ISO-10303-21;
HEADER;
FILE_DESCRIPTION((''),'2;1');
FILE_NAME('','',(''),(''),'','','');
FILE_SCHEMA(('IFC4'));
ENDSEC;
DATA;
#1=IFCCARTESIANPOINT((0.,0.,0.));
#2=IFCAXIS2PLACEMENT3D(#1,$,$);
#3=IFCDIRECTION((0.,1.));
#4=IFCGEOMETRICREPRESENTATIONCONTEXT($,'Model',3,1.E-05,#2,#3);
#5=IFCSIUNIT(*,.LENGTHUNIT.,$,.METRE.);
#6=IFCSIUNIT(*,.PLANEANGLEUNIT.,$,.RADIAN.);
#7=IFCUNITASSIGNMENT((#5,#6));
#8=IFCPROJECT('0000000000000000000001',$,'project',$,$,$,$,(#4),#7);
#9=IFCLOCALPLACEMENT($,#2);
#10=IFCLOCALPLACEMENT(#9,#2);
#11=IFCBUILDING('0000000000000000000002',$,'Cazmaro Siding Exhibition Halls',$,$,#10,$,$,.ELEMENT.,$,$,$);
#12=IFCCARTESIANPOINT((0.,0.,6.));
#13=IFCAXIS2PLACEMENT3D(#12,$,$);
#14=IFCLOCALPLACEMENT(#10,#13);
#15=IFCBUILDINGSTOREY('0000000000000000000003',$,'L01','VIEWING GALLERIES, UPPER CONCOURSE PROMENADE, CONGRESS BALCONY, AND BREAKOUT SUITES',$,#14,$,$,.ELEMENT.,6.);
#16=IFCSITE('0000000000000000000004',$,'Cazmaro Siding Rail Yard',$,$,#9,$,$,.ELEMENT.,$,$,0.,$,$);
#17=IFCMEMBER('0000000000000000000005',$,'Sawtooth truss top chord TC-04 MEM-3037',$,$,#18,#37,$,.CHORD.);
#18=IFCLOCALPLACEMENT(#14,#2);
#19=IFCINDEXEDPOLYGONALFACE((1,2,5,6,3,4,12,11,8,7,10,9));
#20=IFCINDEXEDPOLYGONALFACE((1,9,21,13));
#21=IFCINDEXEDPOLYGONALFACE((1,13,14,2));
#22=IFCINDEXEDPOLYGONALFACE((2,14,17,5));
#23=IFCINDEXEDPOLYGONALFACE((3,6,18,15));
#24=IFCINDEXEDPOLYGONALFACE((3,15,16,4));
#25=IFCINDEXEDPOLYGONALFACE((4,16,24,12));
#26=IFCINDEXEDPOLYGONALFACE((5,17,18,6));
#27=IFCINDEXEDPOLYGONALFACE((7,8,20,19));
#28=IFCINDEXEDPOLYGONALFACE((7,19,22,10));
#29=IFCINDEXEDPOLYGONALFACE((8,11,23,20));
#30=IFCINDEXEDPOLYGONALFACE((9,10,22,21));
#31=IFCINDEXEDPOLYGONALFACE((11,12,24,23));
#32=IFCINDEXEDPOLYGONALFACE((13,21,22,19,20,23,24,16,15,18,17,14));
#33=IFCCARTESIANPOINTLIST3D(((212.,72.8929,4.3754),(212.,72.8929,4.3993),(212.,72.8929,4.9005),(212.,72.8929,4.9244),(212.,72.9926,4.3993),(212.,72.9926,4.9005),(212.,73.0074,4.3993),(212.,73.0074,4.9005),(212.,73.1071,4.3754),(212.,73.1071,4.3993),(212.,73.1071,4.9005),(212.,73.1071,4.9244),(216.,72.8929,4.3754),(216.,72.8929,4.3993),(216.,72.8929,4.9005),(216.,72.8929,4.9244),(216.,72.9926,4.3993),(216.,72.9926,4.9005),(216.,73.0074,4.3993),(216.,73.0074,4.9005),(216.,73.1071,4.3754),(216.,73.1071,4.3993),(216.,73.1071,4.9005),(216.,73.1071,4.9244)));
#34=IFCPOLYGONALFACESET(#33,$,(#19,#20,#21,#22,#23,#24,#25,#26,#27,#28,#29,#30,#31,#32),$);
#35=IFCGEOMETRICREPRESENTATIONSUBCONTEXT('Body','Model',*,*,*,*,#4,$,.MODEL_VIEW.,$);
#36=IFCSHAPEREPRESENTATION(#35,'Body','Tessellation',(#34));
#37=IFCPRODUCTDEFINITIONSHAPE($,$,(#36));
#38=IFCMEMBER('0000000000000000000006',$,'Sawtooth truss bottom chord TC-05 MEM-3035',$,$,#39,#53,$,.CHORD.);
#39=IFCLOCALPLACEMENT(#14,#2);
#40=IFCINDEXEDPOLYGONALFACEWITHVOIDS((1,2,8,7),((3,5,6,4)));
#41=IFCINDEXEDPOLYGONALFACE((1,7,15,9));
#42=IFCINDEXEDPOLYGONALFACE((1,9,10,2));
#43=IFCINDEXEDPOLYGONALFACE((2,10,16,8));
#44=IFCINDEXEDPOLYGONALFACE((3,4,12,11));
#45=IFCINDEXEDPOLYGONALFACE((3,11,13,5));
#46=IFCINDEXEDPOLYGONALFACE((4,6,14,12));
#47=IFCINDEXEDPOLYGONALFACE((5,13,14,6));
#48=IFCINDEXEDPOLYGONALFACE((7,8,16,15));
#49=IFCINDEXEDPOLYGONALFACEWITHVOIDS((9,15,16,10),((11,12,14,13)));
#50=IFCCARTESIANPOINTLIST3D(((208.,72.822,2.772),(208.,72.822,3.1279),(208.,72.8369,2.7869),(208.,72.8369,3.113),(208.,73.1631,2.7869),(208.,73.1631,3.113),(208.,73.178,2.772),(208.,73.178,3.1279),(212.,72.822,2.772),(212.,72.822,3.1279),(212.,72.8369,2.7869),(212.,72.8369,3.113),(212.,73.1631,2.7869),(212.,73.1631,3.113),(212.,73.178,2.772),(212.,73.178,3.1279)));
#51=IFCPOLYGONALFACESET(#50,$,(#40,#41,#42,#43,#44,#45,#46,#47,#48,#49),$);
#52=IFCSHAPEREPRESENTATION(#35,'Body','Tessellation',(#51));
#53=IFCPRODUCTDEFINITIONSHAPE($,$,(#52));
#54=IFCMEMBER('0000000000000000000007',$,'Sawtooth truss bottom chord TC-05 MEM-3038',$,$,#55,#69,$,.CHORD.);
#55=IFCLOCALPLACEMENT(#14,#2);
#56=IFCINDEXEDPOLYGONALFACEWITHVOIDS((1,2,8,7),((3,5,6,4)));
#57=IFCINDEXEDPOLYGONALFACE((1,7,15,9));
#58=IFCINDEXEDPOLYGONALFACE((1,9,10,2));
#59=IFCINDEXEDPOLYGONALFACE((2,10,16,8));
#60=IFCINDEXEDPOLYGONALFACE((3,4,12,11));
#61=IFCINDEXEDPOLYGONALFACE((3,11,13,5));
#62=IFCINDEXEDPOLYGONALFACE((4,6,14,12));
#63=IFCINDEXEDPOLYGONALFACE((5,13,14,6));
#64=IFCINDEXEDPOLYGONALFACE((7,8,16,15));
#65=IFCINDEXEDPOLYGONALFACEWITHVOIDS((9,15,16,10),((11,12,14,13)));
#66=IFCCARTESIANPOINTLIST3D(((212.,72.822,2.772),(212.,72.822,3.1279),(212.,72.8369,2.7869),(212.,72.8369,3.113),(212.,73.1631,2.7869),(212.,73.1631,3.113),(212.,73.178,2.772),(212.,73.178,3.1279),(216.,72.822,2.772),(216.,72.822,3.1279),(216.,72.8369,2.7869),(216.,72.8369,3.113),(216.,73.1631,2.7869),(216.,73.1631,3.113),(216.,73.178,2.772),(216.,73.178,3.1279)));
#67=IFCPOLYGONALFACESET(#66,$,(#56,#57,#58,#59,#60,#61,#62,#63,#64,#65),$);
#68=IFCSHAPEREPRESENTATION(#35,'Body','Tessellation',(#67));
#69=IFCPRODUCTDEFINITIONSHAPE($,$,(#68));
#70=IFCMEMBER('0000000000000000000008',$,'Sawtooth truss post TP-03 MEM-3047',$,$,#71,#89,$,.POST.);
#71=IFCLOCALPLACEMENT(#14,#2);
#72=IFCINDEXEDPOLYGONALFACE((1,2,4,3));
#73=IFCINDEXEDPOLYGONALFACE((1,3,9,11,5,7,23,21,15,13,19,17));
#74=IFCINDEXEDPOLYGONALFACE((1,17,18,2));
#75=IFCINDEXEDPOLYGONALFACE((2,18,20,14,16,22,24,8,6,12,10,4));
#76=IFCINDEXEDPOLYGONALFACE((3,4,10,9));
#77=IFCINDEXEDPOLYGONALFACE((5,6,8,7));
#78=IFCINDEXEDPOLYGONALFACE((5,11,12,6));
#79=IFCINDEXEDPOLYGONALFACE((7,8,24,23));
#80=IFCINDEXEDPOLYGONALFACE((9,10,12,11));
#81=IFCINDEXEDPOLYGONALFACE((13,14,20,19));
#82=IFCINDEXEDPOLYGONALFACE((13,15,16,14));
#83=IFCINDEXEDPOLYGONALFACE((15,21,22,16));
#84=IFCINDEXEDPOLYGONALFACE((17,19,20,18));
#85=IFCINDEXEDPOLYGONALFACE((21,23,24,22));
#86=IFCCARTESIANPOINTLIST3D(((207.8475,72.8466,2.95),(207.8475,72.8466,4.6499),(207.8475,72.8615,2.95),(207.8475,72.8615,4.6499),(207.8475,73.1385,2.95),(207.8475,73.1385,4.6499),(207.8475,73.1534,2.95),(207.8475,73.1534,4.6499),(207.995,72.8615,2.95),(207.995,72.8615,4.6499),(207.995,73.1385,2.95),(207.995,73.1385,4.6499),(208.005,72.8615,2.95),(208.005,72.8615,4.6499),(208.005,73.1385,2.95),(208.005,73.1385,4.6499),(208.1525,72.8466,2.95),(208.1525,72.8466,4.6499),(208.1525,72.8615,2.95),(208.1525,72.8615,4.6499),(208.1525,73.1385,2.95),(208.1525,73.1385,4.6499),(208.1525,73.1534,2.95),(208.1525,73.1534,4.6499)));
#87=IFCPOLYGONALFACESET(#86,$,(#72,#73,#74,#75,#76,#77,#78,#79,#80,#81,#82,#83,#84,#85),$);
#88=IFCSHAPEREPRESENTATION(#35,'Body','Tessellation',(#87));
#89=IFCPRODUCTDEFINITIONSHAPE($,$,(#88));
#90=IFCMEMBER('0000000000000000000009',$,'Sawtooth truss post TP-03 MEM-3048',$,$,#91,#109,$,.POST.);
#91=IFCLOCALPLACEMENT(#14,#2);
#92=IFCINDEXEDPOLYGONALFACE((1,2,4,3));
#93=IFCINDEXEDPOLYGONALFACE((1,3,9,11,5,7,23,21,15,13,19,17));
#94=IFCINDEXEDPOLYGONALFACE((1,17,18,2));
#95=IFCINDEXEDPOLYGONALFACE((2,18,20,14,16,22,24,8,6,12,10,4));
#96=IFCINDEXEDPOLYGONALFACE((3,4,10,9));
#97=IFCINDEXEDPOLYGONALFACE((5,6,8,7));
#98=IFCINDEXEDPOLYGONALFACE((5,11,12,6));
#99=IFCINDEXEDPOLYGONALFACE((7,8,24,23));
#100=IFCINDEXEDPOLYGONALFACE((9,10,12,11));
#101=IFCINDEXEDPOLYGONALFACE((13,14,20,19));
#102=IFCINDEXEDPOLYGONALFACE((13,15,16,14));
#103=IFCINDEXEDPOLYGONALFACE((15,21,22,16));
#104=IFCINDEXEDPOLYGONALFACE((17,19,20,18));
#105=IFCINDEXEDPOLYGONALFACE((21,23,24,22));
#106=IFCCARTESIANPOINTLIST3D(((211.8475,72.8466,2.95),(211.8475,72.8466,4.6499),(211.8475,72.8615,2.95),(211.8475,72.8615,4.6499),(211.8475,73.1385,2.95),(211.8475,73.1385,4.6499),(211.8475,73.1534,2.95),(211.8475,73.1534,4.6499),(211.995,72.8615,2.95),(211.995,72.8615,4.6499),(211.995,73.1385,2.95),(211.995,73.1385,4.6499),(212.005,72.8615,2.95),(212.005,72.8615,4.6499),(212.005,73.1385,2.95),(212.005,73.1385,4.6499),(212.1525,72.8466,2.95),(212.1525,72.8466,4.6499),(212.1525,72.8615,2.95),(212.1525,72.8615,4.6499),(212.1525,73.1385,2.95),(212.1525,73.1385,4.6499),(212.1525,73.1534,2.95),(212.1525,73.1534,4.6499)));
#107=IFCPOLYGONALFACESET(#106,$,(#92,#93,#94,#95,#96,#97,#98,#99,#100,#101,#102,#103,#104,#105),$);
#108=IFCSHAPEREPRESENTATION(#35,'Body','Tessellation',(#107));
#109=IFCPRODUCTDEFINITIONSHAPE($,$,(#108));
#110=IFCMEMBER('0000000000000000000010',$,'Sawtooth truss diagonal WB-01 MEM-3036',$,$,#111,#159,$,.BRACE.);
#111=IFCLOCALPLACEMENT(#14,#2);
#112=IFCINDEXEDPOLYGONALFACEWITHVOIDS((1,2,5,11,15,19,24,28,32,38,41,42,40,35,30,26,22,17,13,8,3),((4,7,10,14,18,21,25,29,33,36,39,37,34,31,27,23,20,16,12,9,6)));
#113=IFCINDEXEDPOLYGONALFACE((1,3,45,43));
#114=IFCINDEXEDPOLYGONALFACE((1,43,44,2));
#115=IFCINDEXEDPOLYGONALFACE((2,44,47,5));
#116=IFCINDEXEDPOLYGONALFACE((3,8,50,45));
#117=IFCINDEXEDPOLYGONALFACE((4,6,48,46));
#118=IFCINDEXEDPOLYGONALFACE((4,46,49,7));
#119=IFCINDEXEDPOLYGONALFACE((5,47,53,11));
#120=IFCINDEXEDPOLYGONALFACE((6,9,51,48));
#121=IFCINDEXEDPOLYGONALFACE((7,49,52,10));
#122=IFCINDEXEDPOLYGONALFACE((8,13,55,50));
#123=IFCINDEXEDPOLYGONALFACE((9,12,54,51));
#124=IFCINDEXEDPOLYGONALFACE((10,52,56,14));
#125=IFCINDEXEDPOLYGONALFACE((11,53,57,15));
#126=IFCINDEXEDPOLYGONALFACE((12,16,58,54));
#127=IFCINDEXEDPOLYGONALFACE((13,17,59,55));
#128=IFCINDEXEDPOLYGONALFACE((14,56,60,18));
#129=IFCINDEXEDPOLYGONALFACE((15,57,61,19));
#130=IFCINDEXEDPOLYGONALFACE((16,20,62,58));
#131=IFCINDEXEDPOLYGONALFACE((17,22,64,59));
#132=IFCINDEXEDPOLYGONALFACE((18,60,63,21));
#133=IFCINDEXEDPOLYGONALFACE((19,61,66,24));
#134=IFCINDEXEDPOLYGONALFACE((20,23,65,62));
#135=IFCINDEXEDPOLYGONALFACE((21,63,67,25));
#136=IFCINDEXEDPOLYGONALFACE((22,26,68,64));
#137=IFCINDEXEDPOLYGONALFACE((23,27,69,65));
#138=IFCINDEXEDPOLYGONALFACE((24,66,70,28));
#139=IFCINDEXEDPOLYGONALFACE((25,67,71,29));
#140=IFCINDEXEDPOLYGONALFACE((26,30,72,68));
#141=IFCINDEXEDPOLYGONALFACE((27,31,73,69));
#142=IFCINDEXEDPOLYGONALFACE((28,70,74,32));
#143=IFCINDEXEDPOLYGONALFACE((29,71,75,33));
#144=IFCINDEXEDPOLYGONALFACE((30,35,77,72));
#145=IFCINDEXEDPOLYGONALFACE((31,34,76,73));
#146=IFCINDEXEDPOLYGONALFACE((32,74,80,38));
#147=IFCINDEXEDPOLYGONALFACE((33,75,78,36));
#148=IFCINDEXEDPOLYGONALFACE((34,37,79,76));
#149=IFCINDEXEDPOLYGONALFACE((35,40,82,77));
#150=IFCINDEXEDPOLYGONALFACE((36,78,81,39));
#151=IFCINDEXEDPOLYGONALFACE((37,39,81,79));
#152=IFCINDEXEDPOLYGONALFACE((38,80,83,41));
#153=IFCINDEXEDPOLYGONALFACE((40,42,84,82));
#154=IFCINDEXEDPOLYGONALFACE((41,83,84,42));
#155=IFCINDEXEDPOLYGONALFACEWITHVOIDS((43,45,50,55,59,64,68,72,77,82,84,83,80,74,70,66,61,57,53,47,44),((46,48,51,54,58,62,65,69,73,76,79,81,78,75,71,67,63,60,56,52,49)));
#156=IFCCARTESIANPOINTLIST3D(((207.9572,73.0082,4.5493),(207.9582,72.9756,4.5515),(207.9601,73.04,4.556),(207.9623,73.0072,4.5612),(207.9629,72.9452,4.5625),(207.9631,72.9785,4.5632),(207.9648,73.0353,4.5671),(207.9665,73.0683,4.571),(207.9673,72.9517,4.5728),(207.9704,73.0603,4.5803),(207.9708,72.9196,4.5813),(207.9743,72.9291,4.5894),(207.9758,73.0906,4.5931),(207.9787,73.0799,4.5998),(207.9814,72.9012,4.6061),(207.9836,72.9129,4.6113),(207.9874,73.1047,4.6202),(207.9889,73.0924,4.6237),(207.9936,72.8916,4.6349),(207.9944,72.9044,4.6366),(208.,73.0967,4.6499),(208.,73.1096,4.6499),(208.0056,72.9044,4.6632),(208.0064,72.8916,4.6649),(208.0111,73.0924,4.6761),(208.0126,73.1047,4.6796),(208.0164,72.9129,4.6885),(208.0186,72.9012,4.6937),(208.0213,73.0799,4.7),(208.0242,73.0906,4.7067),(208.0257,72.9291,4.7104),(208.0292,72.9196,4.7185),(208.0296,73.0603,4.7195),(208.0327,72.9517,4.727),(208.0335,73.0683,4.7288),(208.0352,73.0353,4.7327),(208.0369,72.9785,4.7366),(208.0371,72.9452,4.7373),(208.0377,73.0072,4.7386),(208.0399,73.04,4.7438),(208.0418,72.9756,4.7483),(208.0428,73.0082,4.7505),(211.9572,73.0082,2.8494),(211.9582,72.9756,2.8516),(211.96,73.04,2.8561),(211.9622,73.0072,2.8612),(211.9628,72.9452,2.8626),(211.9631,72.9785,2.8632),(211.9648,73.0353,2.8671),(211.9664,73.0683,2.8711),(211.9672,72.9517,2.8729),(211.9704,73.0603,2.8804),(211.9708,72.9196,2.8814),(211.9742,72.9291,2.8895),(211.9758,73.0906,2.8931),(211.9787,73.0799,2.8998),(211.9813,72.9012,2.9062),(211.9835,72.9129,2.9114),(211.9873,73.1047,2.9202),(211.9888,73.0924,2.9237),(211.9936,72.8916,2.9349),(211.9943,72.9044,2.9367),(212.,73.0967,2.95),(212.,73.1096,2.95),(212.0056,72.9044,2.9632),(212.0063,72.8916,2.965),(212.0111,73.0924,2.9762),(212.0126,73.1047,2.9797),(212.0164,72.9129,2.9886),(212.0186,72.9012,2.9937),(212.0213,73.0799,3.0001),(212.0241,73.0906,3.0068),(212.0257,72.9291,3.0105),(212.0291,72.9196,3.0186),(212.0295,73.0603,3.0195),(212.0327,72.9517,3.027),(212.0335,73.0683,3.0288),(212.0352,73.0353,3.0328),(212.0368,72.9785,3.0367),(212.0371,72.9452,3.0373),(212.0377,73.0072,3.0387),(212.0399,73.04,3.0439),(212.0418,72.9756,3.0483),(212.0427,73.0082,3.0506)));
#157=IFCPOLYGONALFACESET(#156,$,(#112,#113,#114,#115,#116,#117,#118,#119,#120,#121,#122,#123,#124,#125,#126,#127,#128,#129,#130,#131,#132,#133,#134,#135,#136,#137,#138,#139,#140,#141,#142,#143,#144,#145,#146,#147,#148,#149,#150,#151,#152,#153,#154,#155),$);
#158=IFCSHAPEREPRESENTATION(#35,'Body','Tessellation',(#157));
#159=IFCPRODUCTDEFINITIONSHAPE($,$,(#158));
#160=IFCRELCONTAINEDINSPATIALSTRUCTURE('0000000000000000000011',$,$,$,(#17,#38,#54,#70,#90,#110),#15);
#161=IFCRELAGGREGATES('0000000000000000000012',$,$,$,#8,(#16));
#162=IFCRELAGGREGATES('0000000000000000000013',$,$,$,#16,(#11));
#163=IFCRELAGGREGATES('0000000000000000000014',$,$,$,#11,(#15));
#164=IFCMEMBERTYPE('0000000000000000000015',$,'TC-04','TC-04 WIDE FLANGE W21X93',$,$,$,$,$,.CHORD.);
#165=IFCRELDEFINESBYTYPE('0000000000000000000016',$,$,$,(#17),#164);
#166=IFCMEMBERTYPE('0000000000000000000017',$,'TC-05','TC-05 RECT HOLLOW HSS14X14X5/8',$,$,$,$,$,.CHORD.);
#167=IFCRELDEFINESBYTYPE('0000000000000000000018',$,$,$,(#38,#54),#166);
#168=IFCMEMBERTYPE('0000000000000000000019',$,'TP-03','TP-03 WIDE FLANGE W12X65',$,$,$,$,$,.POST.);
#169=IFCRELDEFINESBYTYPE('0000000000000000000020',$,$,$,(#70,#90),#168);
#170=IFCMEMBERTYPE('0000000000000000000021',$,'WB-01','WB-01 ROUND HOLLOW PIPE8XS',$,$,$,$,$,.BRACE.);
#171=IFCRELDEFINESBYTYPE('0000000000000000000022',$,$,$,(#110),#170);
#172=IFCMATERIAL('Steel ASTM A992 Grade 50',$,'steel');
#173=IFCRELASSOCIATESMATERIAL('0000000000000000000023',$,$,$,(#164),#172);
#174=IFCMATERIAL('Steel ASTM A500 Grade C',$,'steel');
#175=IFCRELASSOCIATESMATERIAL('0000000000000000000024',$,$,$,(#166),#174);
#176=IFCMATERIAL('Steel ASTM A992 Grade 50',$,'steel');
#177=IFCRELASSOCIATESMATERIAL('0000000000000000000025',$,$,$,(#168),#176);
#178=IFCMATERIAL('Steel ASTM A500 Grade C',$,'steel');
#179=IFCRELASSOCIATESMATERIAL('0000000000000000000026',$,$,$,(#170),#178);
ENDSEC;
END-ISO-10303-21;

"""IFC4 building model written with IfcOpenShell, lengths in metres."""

from ifc_helpers import new_model, si_unit, direction, frame, origin, origin_2d, place, context, subcontext, project, spatial, hollow_rectangle, hollow_circle, i_section, extrude, material, material_profile, profile_set, type_object, element, save


model = new_model("IFC4")

# Units and contexts
model_context = context("Model", 3, precision=1e-05, world=origin(), true_north=direction((0.0, 1.0)))
body_context = subcontext(model_context, "Body", "Model", "MODEL_VIEW")
ifc_project = project(units=[si_unit("LENGTHUNIT", "METRE"), si_unit("PLANEANGLEUNIT", "RADIAN")], contexts=[model_context])

# Site, building, storey
site_placement = place(None, origin())
site = spatial("IfcSite", under=ifc_project, at=site_placement, Name="Cazmaro Siding Rail Yard", CompositionType="ELEMENT", RefElevation=0.0)
building_placement = place(site_placement, origin())
building = spatial("IfcBuilding", under=site, at=building_placement, Name="Cazmaro Siding Exhibition Halls", CompositionType="ELEMENT")
storey_placement = place(building_placement, frame((0.0, 0.0, 6.0)))
storey = spatial("IfcBuildingStorey", under=building, at=storey_placement, Name="L01", Description="VIEWING GALLERIES, UPPER CONCOURSE PROMENADE, CONGRESS BALCONY, AND BREAKOUT SUITES", CompositionType="ELEMENT", Elevation=6.0)

# Members
ifc_material_1 = material(Name="Steel ASTM A992 Grade 50", Category="steel")
ifc_material_profile_1 = material_profile(ifc_material_1, i_section(OverallWidth=0.2141, OverallDepth=0.5491, WebThickness=0.0149, FlangeThickness=0.0239, at=origin_2d()), Name="W21X93")
ifc_profile_set_1 = profile_set([ifc_material_profile_1], Name="Steel ASTM A992 Grade 50")
member_type_1 = type_object("IfcMemberType", Name="TC-04", Description="TC-04 WIDE FLANGE W21X93", PredefinedType="CHORD", material=ifc_profile_set_1)
for number, where, z_axis, x_axis, name in (
    (1, (212.0, 73.0, 4.6499), (1.0, 0.0, 0.0), (0.0, 1.0, 0.0), "Sawtooth truss top chord TC-04 MEM-3037"),
):
    element("IfcMember", number, at=place(storey_placement, frame(where, z_axis=z_axis, x_axis=x_axis)), inside=storey, type_object=member_type_1, Name=name, PredefinedType="CHORD", context=body_context, shape_type="SweptSolid", body=[
        extrude(i_section(OverallWidth=0.2141, OverallDepth=0.5491, WebThickness=0.0149, FlangeThickness=0.0239, at=origin_2d()), origin(), (0.0, 0.0, 1.0), 4.0),
    ])
ifc_material_2 = material(Name="Steel ASTM A500 Grade C", Category="steel")
ifc_material_profile_2 = material_profile(ifc_material_2, hollow_rectangle(XDim=0.356, YDim=0.356, WallThickness=0.0149, at=origin_2d()), Name="HSS14X14X5/8")
ifc_profile_set_2 = profile_set([ifc_material_profile_2], Name="Steel ASTM A500 Grade C")
member_type_2 = type_object("IfcMemberType", Name="TC-05", Description="TC-05 RECT HOLLOW HSS14X14X5/8", PredefinedType="CHORD", material=ifc_profile_set_2)
for number, where, z_axis, x_axis, name in (
    (2, (208.0, 73.0, 2.95), (1.0, 0.0, 0.0), (0.0, 1.0, 0.0), "Sawtooth truss bottom chord TC-05 MEM-3035"),
    (3, (212.0, 73.0, 2.95), (1.0, 0.0, 0.0), (0.0, 1.0, 0.0), "Sawtooth truss bottom chord TC-05 MEM-3038"),
):
    element("IfcMember", number, at=place(storey_placement, frame(where, z_axis=z_axis, x_axis=x_axis)), inside=storey, type_object=member_type_2, Name=name, PredefinedType="CHORD", context=body_context, shape_type="SweptSolid", body=[
        extrude(hollow_rectangle(XDim=0.356, YDim=0.356, WallThickness=0.0149, at=origin_2d()), origin(), (0.0, 0.0, 1.0), 4.0),
    ])
ifc_material_3 = material(Name="Steel ASTM A992 Grade 50", Category="steel")
ifc_material_profile_3 = material_profile(ifc_material_3, i_section(OverallWidth=0.3049, OverallDepth=0.3069, WebThickness=0.01, FlangeThickness=0.0149, at=origin_2d()), Name="W12X65")
ifc_profile_set_3 = profile_set([ifc_material_profile_3], Name="Steel ASTM A992 Grade 50")
member_type_3 = type_object("IfcMemberType", Name="TP-03", Description="TP-03 WIDE FLANGE W12X65", PredefinedType="POST", material=ifc_profile_set_3)
for number, where, z_axis, x_axis, name in (
    (4, (208.0, 73.0, 2.95), (0.0, 0.0, 1.0), (1.0, 0.0, 0.0), "Sawtooth truss post TP-03 MEM-3047"),
    (5, (212.0, 73.0, 2.95), (0.0, 0.0, 1.0), (1.0, 0.0, 0.0), "Sawtooth truss post TP-03 MEM-3048"),
):
    element("IfcMember", number, at=place(storey_placement, frame(where, z_axis=z_axis, x_axis=x_axis)), inside=storey, type_object=member_type_3, Name=name, PredefinedType="POST", context=body_context, shape_type="SweptSolid", body=[
        extrude(i_section(OverallWidth=0.3049, OverallDepth=0.3069, WebThickness=0.01, FlangeThickness=0.0149, at=origin_2d()), origin(), (0.0, 0.0, 1.0), 1.7),
    ])
ifc_material_4 = material(Name="Steel ASTM A500 Grade C", Category="steel")
ifc_material_profile_4 = material_profile(ifc_material_4, hollow_circle(Radius=0.1096, WallThickness=0.0129, at=origin_2d()), Name="PIPE8XS")
ifc_profile_set_4 = profile_set([ifc_material_profile_4], Name="Steel ASTM A500 Grade C")
member_type_4 = type_object("IfcMemberType", Name="WB-01", Description="WB-01 ROUND HOLLOW PIPE8XS", PredefinedType="BRACE", material=ifc_profile_set_4)
for number, where, z_axis, x_axis, name in (
    (6, (208.0, 73.0, 4.6499), (0.920335, 0.0, -0.391131), (0.0, 1.0, 0.0), "Sawtooth truss diagonal WB-01 MEM-3036"),
):
    element("IfcMember", number, at=place(storey_placement, frame(where, z_axis=z_axis, x_axis=x_axis)), inside=storey, type_object=member_type_4, Name=name, PredefinedType="BRACE", context=body_context, shape_type="SweptSolid", body=[
        extrude(hollow_circle(Radius=0.1096, WallThickness=0.0129, at=origin_2d()), origin(), (0.0, 0.0, 1.0), 4.3462),
    ])

save(model, "model.ifc")
